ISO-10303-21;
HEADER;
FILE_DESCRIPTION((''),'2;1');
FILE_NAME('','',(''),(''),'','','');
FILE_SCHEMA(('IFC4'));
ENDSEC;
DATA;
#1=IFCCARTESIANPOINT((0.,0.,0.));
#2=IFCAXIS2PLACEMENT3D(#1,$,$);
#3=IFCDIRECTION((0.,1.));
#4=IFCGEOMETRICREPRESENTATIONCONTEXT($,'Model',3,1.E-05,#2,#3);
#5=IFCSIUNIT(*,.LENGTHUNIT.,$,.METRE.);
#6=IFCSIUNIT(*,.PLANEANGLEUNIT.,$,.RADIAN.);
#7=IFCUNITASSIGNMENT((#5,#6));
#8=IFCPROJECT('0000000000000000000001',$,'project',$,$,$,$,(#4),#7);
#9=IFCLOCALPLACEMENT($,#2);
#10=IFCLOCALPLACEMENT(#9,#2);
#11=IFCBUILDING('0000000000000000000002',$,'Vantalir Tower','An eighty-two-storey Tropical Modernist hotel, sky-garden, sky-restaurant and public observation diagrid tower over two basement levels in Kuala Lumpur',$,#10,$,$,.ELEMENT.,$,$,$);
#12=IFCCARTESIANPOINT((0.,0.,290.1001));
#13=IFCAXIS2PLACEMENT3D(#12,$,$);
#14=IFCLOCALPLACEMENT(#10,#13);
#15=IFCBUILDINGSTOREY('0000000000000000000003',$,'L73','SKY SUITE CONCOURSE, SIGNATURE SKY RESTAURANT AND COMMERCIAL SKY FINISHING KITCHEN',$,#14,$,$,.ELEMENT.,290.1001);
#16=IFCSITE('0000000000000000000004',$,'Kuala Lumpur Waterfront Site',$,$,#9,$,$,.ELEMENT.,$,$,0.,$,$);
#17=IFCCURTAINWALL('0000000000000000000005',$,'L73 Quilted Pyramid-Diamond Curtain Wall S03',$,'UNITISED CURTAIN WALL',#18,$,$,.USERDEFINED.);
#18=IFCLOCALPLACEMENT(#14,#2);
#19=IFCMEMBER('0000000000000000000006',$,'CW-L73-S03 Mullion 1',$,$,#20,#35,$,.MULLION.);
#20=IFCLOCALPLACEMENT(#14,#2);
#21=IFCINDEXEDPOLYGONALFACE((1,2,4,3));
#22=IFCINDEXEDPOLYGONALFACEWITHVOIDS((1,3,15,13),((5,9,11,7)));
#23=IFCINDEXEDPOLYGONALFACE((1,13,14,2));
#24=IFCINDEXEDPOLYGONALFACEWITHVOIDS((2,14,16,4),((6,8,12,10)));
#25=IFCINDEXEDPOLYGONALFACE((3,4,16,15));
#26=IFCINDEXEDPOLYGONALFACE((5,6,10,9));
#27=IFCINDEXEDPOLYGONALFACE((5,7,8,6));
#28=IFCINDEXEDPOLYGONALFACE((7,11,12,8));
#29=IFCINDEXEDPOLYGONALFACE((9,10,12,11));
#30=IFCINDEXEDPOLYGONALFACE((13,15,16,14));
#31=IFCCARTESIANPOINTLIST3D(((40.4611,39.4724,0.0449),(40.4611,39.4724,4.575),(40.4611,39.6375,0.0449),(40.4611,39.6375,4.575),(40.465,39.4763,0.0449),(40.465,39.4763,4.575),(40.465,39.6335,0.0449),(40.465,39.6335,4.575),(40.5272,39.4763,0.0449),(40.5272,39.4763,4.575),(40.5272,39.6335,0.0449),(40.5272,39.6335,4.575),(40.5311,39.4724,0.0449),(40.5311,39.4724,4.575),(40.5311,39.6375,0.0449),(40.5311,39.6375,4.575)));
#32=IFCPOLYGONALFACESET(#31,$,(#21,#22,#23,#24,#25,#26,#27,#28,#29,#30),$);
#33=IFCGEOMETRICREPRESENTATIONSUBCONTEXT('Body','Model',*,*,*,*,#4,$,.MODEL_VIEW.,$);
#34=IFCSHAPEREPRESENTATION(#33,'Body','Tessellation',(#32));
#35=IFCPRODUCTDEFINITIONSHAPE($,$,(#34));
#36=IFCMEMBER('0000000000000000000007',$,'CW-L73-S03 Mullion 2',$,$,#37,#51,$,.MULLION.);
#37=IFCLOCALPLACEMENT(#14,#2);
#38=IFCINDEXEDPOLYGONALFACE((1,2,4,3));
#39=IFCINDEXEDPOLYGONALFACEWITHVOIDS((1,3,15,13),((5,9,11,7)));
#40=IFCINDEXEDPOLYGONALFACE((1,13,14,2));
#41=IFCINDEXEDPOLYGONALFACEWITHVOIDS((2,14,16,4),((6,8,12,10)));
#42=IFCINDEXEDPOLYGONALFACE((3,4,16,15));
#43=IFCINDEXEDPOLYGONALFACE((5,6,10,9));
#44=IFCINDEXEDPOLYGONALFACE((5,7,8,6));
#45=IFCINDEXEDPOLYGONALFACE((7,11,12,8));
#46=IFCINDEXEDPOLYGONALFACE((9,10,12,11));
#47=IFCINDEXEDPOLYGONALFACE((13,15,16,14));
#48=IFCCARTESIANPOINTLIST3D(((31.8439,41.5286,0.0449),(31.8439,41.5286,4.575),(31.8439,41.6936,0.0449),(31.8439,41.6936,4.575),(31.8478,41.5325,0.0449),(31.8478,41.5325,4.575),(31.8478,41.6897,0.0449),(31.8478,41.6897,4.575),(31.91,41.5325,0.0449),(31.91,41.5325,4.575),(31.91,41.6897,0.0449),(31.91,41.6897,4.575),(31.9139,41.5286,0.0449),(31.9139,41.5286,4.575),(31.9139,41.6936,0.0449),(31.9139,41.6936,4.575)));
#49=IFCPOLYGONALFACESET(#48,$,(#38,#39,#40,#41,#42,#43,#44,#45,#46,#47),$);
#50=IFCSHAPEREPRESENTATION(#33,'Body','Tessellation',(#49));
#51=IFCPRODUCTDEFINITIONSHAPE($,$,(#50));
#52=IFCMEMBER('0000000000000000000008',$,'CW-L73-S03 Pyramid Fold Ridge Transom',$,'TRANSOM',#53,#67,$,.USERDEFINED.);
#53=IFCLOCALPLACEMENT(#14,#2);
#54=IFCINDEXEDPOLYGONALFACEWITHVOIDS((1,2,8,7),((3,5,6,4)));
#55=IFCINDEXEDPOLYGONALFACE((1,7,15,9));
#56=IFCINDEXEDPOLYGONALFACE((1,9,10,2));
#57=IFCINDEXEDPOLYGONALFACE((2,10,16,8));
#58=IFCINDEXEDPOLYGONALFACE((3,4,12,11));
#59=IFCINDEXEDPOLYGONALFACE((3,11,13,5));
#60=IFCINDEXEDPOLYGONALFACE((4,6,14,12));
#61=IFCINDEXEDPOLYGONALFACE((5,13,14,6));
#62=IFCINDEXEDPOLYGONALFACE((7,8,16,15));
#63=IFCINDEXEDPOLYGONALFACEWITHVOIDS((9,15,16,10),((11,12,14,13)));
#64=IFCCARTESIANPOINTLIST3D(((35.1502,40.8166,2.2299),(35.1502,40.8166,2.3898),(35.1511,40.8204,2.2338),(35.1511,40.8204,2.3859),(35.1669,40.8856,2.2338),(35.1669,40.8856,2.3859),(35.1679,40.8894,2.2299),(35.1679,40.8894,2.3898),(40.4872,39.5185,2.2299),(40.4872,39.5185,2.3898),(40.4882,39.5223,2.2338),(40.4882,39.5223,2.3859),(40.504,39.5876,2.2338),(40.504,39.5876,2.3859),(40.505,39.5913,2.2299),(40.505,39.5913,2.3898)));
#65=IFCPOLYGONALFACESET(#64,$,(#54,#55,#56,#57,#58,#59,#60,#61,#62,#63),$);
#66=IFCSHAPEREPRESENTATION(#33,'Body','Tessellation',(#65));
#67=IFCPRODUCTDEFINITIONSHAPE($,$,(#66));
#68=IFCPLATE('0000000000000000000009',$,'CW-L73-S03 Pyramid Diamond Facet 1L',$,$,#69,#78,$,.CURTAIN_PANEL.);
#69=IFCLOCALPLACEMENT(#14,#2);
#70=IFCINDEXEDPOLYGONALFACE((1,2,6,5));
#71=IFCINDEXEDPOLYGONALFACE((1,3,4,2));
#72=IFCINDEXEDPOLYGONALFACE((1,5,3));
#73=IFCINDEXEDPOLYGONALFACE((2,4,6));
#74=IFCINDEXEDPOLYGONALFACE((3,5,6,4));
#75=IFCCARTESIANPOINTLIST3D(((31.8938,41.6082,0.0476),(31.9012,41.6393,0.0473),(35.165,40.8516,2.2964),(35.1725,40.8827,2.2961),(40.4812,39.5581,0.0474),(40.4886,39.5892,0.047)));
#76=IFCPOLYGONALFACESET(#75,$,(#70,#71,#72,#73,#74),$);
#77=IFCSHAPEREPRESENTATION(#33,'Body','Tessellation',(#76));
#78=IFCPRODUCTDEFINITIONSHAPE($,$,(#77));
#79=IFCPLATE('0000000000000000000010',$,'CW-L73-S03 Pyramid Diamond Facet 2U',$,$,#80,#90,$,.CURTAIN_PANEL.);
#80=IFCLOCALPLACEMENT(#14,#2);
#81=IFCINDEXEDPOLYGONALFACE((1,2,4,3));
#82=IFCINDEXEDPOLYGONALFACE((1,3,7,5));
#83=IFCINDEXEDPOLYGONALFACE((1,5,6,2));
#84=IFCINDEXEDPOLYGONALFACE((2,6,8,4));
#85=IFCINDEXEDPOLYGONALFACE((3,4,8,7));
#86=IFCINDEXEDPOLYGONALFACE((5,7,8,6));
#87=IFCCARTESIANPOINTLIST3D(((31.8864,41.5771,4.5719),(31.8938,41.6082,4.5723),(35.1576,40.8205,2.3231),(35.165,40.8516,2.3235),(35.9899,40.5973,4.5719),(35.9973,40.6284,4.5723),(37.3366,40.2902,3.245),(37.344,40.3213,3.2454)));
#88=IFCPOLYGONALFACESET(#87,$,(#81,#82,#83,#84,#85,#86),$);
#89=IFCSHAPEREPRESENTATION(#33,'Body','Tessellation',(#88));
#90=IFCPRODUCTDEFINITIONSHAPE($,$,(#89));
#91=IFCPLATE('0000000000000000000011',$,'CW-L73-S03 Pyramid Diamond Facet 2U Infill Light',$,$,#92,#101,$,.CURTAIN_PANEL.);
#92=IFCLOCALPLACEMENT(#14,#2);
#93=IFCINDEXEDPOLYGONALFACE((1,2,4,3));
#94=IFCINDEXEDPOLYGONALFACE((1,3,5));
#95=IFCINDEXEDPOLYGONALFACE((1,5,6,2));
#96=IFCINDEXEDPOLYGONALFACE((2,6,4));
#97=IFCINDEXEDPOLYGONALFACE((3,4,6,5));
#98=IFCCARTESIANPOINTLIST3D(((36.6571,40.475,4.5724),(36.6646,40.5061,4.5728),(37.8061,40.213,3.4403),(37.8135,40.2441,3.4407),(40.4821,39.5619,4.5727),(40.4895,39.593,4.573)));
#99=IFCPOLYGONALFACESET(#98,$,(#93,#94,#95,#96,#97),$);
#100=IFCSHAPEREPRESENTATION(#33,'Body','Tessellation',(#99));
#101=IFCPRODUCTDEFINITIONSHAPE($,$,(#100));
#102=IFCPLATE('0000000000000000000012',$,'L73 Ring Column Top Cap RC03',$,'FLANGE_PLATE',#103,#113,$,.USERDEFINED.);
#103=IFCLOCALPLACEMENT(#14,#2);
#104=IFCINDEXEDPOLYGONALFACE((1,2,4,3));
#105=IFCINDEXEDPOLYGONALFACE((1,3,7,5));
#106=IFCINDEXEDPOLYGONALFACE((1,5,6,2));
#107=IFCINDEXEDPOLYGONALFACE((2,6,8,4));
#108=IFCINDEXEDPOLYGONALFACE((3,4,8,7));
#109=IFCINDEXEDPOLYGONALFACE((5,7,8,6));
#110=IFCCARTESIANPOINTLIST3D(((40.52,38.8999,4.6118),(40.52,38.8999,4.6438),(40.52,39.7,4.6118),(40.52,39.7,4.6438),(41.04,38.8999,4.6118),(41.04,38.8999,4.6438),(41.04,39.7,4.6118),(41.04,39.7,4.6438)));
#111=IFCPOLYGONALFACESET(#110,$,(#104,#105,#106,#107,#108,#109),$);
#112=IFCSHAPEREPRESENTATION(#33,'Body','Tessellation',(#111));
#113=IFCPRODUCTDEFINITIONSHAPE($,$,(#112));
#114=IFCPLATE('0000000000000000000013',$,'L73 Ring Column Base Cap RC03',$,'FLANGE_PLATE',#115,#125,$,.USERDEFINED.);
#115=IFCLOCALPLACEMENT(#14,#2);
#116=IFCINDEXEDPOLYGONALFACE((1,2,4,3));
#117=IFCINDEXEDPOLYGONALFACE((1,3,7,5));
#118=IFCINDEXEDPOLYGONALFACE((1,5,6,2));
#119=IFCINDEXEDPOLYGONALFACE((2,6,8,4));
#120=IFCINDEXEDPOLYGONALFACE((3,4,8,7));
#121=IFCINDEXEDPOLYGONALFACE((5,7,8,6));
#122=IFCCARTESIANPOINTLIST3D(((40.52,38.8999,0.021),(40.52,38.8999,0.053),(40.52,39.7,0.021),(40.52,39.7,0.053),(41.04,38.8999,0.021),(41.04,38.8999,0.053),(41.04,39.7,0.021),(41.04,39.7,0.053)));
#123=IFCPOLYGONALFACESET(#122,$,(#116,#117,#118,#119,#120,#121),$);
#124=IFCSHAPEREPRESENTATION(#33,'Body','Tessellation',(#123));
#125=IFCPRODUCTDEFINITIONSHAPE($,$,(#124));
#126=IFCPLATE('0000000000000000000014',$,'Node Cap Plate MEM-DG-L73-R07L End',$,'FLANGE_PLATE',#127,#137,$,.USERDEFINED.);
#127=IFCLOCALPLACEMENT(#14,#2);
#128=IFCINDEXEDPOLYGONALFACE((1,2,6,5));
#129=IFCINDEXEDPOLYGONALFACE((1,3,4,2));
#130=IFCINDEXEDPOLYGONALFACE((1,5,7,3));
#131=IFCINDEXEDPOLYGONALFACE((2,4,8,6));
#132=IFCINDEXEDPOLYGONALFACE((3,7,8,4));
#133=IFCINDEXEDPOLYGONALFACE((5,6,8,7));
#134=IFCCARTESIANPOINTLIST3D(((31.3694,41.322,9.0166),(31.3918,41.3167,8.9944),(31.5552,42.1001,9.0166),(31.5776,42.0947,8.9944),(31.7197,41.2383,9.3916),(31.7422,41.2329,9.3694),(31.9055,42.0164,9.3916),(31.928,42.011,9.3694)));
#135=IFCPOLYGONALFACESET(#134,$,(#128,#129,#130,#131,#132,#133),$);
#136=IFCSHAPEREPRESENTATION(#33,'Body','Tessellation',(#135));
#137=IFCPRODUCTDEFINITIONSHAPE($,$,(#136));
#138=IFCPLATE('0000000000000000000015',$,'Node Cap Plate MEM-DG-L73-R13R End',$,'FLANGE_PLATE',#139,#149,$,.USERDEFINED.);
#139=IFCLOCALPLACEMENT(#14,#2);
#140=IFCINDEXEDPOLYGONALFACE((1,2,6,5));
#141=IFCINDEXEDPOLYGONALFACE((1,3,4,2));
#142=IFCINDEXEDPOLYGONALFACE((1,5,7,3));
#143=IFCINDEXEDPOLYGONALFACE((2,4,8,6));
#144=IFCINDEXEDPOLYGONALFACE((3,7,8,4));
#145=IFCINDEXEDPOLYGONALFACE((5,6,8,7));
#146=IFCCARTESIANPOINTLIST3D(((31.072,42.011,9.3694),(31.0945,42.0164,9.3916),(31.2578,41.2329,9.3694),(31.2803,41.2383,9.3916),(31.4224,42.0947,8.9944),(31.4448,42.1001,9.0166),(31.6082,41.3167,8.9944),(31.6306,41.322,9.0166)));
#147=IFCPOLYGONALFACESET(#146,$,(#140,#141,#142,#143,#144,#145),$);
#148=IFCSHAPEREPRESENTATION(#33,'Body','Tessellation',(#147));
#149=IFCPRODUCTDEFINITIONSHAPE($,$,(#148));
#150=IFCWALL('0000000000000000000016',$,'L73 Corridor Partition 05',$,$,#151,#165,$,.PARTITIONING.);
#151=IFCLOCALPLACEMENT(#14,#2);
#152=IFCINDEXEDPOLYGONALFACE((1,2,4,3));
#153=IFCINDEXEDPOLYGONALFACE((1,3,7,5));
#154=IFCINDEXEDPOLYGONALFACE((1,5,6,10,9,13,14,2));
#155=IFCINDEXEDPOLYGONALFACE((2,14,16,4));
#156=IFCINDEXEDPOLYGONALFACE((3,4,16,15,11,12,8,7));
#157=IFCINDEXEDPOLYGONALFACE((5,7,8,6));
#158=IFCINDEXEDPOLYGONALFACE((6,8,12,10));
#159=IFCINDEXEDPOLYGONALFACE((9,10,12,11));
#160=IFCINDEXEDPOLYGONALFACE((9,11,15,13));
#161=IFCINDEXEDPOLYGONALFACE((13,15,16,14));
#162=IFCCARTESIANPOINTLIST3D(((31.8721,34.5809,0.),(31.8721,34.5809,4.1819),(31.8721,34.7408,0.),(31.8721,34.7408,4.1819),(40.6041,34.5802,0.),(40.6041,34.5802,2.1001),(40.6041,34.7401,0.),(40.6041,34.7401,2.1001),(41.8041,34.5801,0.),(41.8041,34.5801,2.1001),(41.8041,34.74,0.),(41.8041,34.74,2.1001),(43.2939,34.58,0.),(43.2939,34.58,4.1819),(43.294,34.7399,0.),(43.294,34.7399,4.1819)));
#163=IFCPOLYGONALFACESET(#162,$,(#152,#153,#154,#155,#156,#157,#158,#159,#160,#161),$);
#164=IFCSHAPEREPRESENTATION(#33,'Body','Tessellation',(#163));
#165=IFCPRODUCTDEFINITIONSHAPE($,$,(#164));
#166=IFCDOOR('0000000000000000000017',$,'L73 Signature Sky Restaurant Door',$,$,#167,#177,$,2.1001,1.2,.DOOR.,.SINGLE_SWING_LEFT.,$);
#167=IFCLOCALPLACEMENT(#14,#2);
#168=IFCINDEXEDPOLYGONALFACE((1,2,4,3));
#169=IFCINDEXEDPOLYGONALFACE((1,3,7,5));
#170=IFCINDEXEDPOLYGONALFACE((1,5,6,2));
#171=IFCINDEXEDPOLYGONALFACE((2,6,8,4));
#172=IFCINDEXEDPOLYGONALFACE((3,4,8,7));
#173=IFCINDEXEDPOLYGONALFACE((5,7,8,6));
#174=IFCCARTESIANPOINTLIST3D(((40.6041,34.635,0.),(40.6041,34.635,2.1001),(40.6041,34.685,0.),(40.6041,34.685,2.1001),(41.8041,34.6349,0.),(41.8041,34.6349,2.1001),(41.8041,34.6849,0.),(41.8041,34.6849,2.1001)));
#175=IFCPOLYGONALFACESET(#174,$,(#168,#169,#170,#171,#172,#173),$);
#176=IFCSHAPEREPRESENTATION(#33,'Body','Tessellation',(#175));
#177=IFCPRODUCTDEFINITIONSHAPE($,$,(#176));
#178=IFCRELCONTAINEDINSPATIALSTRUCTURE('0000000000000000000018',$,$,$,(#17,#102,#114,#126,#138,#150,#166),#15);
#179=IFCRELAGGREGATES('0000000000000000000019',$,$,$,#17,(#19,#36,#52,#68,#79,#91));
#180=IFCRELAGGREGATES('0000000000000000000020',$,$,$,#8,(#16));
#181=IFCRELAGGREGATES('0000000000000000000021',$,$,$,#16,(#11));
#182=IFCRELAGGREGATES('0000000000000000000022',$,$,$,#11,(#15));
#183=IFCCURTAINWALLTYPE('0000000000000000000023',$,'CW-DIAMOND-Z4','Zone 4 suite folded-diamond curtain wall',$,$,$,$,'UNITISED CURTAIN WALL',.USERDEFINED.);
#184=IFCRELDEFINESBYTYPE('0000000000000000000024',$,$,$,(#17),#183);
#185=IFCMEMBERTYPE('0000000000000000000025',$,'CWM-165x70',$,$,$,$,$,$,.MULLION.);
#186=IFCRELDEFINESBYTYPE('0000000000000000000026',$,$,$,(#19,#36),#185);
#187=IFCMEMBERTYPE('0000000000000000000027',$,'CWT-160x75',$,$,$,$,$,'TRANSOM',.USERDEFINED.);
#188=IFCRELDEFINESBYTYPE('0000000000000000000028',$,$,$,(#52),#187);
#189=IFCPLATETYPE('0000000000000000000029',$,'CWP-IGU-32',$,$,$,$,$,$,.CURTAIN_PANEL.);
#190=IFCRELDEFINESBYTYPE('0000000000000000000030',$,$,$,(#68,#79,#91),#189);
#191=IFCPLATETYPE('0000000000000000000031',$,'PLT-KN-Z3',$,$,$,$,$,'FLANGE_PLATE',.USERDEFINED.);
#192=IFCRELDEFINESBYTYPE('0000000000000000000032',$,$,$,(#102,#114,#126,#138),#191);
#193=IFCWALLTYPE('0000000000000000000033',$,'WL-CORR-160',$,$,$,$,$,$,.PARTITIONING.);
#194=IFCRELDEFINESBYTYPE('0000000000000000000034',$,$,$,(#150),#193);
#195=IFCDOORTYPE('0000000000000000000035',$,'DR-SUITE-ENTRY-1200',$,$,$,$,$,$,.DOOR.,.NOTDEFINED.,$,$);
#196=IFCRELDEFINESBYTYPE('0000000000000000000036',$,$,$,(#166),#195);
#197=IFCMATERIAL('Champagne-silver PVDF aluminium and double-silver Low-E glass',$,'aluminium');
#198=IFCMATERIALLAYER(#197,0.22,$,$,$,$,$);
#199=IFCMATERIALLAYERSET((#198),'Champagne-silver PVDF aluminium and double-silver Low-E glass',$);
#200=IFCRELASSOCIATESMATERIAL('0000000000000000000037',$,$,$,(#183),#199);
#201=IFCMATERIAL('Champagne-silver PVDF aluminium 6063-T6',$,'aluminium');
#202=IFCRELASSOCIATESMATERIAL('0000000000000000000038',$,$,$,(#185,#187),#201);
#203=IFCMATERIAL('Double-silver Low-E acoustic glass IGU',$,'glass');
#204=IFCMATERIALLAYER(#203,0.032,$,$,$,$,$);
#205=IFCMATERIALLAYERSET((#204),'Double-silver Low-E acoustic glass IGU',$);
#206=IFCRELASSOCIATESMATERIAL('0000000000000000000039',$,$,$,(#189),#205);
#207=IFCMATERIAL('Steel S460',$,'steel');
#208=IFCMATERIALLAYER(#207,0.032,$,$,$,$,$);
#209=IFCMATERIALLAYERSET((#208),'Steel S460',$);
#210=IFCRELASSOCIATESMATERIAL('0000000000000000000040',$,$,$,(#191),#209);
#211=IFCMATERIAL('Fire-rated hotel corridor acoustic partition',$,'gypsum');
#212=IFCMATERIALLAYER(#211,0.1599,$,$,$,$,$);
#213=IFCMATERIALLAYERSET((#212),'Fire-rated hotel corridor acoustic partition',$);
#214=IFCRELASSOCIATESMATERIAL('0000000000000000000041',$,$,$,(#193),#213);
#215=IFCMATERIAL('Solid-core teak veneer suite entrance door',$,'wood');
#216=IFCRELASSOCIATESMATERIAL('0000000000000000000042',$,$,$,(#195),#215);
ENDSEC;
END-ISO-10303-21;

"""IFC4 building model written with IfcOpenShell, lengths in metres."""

from ifc_helpers import new_model, si_unit, direction, frame, frame_2d, origin, origin_2d, place, context, subcontext, project, spatial, polyline, rectangle, hollow_rectangle, outline, extrude, material, layer, layer_set, material_profile, profile_set, type_object, element, fill, aggregate, save


model = new_model("IFC4")

# Units and contexts
model_context = context("Model", 3, precision=1e-05, world=origin(), true_north=direction((0.0, 1.0)))
body_context = subcontext(model_context, "Body", "Model", "MODEL_VIEW")
ifc_project = project(units=[si_unit("LENGTHUNIT", "METRE"), si_unit("PLANEANGLEUNIT", "RADIAN")], contexts=[model_context])

# Site, building, storey
site_placement = place(None, origin())
site = spatial("IfcSite", under=ifc_project, at=site_placement, Name="Kuala Lumpur Waterfront Site", CompositionType="ELEMENT", RefElevation=0.0)
building_placement = place(site_placement, origin())
building = spatial("IfcBuilding", under=site, at=building_placement, Name="Vantalir Tower", Description="An eighty-two-storey Tropical Modernist hotel, sky-garden, sky-restaurant and public observation diagrid tower over two basement levels in Kuala Lumpur", CompositionType="ELEMENT")
storey_placement = place(building_placement, frame((0.0, 0.0, 290.1001)))
storey = spatial("IfcBuildingStorey", under=building, at=storey_placement, Name="L73", Description="SKY SUITE CONCOURSE, SIGNATURE SKY RESTAURANT AND COMMERCIAL SKY FINISHING KITCHEN", CompositionType="ELEMENT", Elevation=290.1001)

# Shared definitions
ifc_material_1 = material(Name="Steel S460", Category="steel")

# Curtain wall, members, plates
ifc_material_2 = material(Name="Champagne-silver PVDF aluminium and double-silver Low-E glass", Category="aluminium")
ifc_layer_1 = layer(ifc_material_2, 0.22)
ifc_layer_set_1 = layer_set([ifc_layer_1], Name="Champagne-silver PVDF aluminium and double-silver Low-E glass")
curtain_wall_type = type_object("IfcCurtainWallType", Name="CW-DIAMOND-Z4", Description="Zone 4 suite folded-diamond curtain wall", ElementType="UNITISED CURTAIN WALL", PredefinedType="USERDEFINED", material=ifc_layer_set_1)
curtain_wall_placement = place(storey_placement, origin())
curtain_wall = element("IfcCurtainWall", 1, at=curtain_wall_placement, inside=storey, type_object=curtain_wall_type, Name="L73 Quilted Pyramid-Diamond Curtain Wall S03", ObjectType="UNITISED CURTAIN WALL", PredefinedType="USERDEFINED")
ifc_material_3 = material(Name="Champagne-silver PVDF aluminium 6063-T6", Category="aluminium")
ifc_material_profile_1 = material_profile(ifc_material_3, hollow_rectangle(XDim=0.0701, YDim=0.165, WallThickness=0.0039, at=origin_2d()), Name="Champagne-silver PVDF aluminium 6063-T6")
ifc_profile_set_1 = profile_set([ifc_material_profile_1], Name="Champagne-silver PVDF aluminium 6063-T6")
member_type_1 = type_object("IfcMemberType", Name="CWM-165x70", PredefinedType="MULLION", material=ifc_profile_set_1)
member_1_placement = place(storey_placement, frame((40.4961, 39.5549, 0.0449), z_axis=(0.0, 0.0, 1.0), x_axis=(1.0, 0.0, 0.0)))
member_1 = element("IfcMember", 2, at=member_1_placement, type_object=member_type_1, Name="CW-L73-S03 Mullion 1", PredefinedType="MULLION", context=body_context, shape_type="SweptSolid", body=[
    extrude(hollow_rectangle(XDim=0.0701, YDim=0.165, WallThickness=0.0039, at=origin_2d()), origin(), (0.0, 0.0, 1.0), 4.53),
])
member_2_placement = place(storey_placement, frame((31.8789, 41.6111, 0.0449), z_axis=(0.0, 0.0, 1.0), x_axis=(1.0, 0.0, 0.0)))
member_2 = element("IfcMember", 3, at=member_2_placement, type_object=member_type_1, Name="CW-L73-S03 Mullion 2", PredefinedType="MULLION", context=body_context, shape_type="SweptSolid", body=[
    extrude(hollow_rectangle(XDim=0.0701, YDim=0.165, WallThickness=0.0039, at=origin_2d()), origin(), (0.0, 0.0, 1.0), 4.53),
])
ifc_material_profile_2 = material_profile(ifc_material_3, hollow_rectangle(XDim=0.075, YDim=0.1599, WallThickness=0.0039, at=origin_2d()), Name="Champagne-silver PVDF aluminium 6063-T6")
ifc_profile_set_2 = profile_set([ifc_material_profile_2], Name="Champagne-silver PVDF aluminium 6063-T6")
member_type_2 = type_object("IfcMemberType", Name="CWT-160x75", ElementType="TRANSOM", PredefinedType="USERDEFINED", material=ifc_profile_set_2)
member_3_placement = place(storey_placement, frame((40.4961, 39.5549, 2.3098), z_axis=(-0.971673, 0.236329, 0.0), x_axis=(-0.236329, -0.971673, 0.0)))
member_3 = element("IfcMember", 4, at=member_3_placement, type_object=member_type_2, Name="CW-L73-S03 Pyramid Fold Ridge Transom", ObjectType="TRANSOM", PredefinedType="USERDEFINED", context=body_context, shape_type="SweptSolid", body=[
    extrude(hollow_rectangle(XDim=0.075, YDim=0.1599, WallThickness=0.0039, at=origin_2d()), origin(), (0.0, 0.0, 1.0), 5.4927),
])
ifc_material_4 = material(Name="Double-silver Low-E acoustic glass IGU", Category="glass")
ifc_layer_2 = layer(ifc_material_4, 0.032)
ifc_layer_set_2 = layer_set([ifc_layer_2], Name="Double-silver Low-E acoustic glass IGU")
plate_type_1 = type_object("IfcPlateType", Name="CWP-IGU-32", PredefinedType="CURTAIN_PANEL", material=ifc_layer_set_2)
plate_1_placement = place(storey_placement, frame((40.4812, 39.5581, 0.0474), z_axis=(-0.232189, -0.972614, 0.010528), x_axis=(-0.972667, 0.232202, 0.000028)))
plate_1 = element("IfcPlate", 5, at=plate_1_placement, type_object=plate_type_1, Name="CW-L73-S03 Pyramid Diamond Facet 1L", PredefinedType="CURTAIN_PANEL", context=body_context, shape_type="SweptSolid", body=[
    extrude(outline(polyline([(0.0, 0.0), (8.8287, 0.0), (5.4713, -2.249), (0.0, 0.0)])), origin(), (0.0, 0.0, -1.0), 0.032),
])
plate_2_placement = place(storey_placement, frame((35.9973, 40.6284, 4.5723), z_axis=(0.232218, 0.972606, 0.010567), x_axis=(-0.972661, 0.232231, 0.0)))
plate_2 = element("IfcPlate", 6, at=plate_2_placement, type_object=plate_type_1, Name="CW-L73-S03 Pyramid Diamond Facet 2U", PredefinedType="CURTAIN_PANEL", context=body_context, shape_type="SweptSolid", body=[
    extrude(outline(polyline([(0.0, 0.0), (4.2189, 0.0), (0.8613, -2.2489), (-1.3812, -1.327), (0.0, 0.0)])), origin(), (0.0, 0.0, -1.0), 0.032),
])
plate_3_placement = place(storey_placement, frame((40.4895, 39.593, 4.573), z_axis=(0.23218, 0.972615, 0.010573), x_axis=(-0.972669, 0.232194, -0.000062)))
plate_3 = element("IfcPlate", 7, at=plate_3_placement, type_object=plate_type_1, Name="CW-L73-S03 Pyramid Diamond Facet 2U Infill Light", PredefinedType="CURTAIN_PANEL", context=body_context, shape_type="SweptSolid", body=[
    extrude(outline(polyline([(0.0, 0.0), (3.9324, 0.0), (2.7541, -1.1322), (0.0, 0.0)])), origin(), (0.0, 0.0, -1.0), 0.032),
])
aggregate(curtain_wall, [member_1, member_2, member_3, plate_1, plate_2, plate_3])

# Plates
ifc_layer_3 = layer(ifc_material_1, 0.032)
ifc_layer_set_3 = layer_set([ifc_layer_3], Name="Steel S460")
plate_type_2 = type_object("IfcPlateType", Name="PLT-KN-Z3", ElementType="FLANGE_PLATE", PredefinedType="USERDEFINED", material=ifc_layer_set_3)
for number, where, z_axis, x_axis, name in (
    (8, (40.52, 39.7, 4.6438), (0.0, 0.0, 1.0), (0.0, -1.0, 0.0), "L73 Ring Column Top Cap RC03"),
    (9, (40.52, 39.7, 0.053), (0.0, 0.0, 1.0), (0.0, -1.0, 0.0), "L73 Ring Column Base Cap RC03"),
):
    element("IfcPlate", number, at=place(storey_placement, frame(where, z_axis=z_axis, x_axis=x_axis)), inside=storey, type_object=plate_type_2, Name=name, ObjectType="FLANGE_PLATE", PredefinedType="USERDEFINED", context=body_context, shape_type="SweptSolid", body=[
        extrude(outline(polyline([(0.0, 0.0), (0.8, 0.0), (0.8, 0.52), (0.0, 0.52), (0.0, 0.0)])), origin(), (0.0, 0.0, -1.0), 0.032),
    ])
plate_4_placement = place(storey_placement, frame((31.5552, 42.1001, 9.0166), z_axis=(-0.701464, 0.167497, 0.692743), x_axis=(-0.232253, -0.972655, 0.0)))
element("IfcPlate", 10, at=plate_4_placement, inside=storey, type_object=plate_type_2, Name="Node Cap Plate MEM-DG-L73-R07L End", ObjectType="FLANGE_PLATE", PredefinedType="USERDEFINED", context=body_context, shape_type="SweptSolid", body=[
    extrude(outline(polyline([(0.0, 0.0), (0.8, 0.0), (0.8, 0.52), (0.0001, 0.52), (0.0, 0.0)])), origin(), (0.0, 0.0, -1.0), 0.032),
])
plate_5_placement = place(storey_placement, frame((31.6306, 41.322, 9.0166), z_axis=(0.701464, 0.167497, 0.692743), x_axis=(-0.232253, 0.972655, 0.0)))
element("IfcPlate", 11, at=plate_5_placement, inside=storey, type_object=plate_type_2, Name="Node Cap Plate MEM-DG-L73-R13R End", ObjectType="FLANGE_PLATE", PredefinedType="USERDEFINED", context=body_context, shape_type="SweptSolid", body=[
    extrude(outline(polyline([(0.0, 0.0), (0.8, 0.0), (0.7999, 0.52), (-0.0001, 0.52), (0.0, 0.0)])), origin(), (0.0, 0.0, -1.0), 0.032),
])

# Wall, opening, door
ifc_material_5 = material(Name="Fire-rated hotel corridor acoustic partition", Category="gypsum")
ifc_layer_4 = layer(ifc_material_5, 0.1599)
ifc_layer_set_4 = layer_set([ifc_layer_4], Name="Fire-rated hotel corridor acoustic partition")
wall_type_1 = type_object("IfcWallType", Name="WL-CORR-160", PredefinedType="PARTITIONING", material=ifc_layer_set_4)
wall_1_placement = place(storey_placement, frame((31.8721, 34.6609, 0.0), z_axis=(0.0, 0.0, 1.0), x_axis=(1.0, -0.000085, 0.0)))
wall_1 = element("IfcWall", 12, at=wall_1_placement, inside=storey, type_object=wall_type_1, Name="L73 Corridor Partition 05", PredefinedType="PARTITIONING", context=body_context, shape_type="SweptSolid", body=[
    extrude(rectangle(XDim=11.4219, YDim=0.1599, at=frame_2d((5.7109, 0.0))), origin(), (0.0, 0.0, 1.0), 4.1819),
])
opening_placement = place(wall_1_placement, frame((8.7319, 0.0, 0.0)))
opening = element("IfcOpeningElement", 13, at=opening_placement, cuts=wall_1, PredefinedType="OPENING", context=body_context, shape_type="SweptSolid", body=[
    extrude(rectangle(XDim=1.2, YDim=2.1001, at=frame_2d((0.6001, 1.05))), frame((0.0, 0.0898, 0.0), z_axis=(0.0, -1.0, 0.0), x_axis=(1.0, 0.0, 0.0)), (0.0, 0.0, 1.0), 0.1799),
])
ifc_material_6 = material(Name="Solid-core teak veneer suite entrance door", Category="wood")
door_type = type_object("IfcDoorType", Name="DR-SUITE-ENTRY-1200", OperationType="NOTDEFINED", PredefinedType="DOOR", material=ifc_material_6)
door_placement = place(opening_placement, origin())
door = element("IfcDoor", 14, at=door_placement, inside=storey, type_object=door_type, Name="L73 Signature Sky Restaurant Door", OperationType="SINGLE_SWING_LEFT", OverallHeight=2.1001, OverallWidth=1.2, PredefinedType="DOOR", context=body_context, shape_type="SweptSolid", body=[
    extrude(rectangle(XDim=1.2, YDim=2.1001, at=frame_2d((0.6001, 1.05))), frame((0.0, 0.0249, 0.0), z_axis=(0.0, -1.0, 0.0), x_axis=(1.0, 0.0, 0.0)), (0.0, 0.0, 1.0), 0.05),
])
fill(opening, door)

save(model, "model.ifc")
